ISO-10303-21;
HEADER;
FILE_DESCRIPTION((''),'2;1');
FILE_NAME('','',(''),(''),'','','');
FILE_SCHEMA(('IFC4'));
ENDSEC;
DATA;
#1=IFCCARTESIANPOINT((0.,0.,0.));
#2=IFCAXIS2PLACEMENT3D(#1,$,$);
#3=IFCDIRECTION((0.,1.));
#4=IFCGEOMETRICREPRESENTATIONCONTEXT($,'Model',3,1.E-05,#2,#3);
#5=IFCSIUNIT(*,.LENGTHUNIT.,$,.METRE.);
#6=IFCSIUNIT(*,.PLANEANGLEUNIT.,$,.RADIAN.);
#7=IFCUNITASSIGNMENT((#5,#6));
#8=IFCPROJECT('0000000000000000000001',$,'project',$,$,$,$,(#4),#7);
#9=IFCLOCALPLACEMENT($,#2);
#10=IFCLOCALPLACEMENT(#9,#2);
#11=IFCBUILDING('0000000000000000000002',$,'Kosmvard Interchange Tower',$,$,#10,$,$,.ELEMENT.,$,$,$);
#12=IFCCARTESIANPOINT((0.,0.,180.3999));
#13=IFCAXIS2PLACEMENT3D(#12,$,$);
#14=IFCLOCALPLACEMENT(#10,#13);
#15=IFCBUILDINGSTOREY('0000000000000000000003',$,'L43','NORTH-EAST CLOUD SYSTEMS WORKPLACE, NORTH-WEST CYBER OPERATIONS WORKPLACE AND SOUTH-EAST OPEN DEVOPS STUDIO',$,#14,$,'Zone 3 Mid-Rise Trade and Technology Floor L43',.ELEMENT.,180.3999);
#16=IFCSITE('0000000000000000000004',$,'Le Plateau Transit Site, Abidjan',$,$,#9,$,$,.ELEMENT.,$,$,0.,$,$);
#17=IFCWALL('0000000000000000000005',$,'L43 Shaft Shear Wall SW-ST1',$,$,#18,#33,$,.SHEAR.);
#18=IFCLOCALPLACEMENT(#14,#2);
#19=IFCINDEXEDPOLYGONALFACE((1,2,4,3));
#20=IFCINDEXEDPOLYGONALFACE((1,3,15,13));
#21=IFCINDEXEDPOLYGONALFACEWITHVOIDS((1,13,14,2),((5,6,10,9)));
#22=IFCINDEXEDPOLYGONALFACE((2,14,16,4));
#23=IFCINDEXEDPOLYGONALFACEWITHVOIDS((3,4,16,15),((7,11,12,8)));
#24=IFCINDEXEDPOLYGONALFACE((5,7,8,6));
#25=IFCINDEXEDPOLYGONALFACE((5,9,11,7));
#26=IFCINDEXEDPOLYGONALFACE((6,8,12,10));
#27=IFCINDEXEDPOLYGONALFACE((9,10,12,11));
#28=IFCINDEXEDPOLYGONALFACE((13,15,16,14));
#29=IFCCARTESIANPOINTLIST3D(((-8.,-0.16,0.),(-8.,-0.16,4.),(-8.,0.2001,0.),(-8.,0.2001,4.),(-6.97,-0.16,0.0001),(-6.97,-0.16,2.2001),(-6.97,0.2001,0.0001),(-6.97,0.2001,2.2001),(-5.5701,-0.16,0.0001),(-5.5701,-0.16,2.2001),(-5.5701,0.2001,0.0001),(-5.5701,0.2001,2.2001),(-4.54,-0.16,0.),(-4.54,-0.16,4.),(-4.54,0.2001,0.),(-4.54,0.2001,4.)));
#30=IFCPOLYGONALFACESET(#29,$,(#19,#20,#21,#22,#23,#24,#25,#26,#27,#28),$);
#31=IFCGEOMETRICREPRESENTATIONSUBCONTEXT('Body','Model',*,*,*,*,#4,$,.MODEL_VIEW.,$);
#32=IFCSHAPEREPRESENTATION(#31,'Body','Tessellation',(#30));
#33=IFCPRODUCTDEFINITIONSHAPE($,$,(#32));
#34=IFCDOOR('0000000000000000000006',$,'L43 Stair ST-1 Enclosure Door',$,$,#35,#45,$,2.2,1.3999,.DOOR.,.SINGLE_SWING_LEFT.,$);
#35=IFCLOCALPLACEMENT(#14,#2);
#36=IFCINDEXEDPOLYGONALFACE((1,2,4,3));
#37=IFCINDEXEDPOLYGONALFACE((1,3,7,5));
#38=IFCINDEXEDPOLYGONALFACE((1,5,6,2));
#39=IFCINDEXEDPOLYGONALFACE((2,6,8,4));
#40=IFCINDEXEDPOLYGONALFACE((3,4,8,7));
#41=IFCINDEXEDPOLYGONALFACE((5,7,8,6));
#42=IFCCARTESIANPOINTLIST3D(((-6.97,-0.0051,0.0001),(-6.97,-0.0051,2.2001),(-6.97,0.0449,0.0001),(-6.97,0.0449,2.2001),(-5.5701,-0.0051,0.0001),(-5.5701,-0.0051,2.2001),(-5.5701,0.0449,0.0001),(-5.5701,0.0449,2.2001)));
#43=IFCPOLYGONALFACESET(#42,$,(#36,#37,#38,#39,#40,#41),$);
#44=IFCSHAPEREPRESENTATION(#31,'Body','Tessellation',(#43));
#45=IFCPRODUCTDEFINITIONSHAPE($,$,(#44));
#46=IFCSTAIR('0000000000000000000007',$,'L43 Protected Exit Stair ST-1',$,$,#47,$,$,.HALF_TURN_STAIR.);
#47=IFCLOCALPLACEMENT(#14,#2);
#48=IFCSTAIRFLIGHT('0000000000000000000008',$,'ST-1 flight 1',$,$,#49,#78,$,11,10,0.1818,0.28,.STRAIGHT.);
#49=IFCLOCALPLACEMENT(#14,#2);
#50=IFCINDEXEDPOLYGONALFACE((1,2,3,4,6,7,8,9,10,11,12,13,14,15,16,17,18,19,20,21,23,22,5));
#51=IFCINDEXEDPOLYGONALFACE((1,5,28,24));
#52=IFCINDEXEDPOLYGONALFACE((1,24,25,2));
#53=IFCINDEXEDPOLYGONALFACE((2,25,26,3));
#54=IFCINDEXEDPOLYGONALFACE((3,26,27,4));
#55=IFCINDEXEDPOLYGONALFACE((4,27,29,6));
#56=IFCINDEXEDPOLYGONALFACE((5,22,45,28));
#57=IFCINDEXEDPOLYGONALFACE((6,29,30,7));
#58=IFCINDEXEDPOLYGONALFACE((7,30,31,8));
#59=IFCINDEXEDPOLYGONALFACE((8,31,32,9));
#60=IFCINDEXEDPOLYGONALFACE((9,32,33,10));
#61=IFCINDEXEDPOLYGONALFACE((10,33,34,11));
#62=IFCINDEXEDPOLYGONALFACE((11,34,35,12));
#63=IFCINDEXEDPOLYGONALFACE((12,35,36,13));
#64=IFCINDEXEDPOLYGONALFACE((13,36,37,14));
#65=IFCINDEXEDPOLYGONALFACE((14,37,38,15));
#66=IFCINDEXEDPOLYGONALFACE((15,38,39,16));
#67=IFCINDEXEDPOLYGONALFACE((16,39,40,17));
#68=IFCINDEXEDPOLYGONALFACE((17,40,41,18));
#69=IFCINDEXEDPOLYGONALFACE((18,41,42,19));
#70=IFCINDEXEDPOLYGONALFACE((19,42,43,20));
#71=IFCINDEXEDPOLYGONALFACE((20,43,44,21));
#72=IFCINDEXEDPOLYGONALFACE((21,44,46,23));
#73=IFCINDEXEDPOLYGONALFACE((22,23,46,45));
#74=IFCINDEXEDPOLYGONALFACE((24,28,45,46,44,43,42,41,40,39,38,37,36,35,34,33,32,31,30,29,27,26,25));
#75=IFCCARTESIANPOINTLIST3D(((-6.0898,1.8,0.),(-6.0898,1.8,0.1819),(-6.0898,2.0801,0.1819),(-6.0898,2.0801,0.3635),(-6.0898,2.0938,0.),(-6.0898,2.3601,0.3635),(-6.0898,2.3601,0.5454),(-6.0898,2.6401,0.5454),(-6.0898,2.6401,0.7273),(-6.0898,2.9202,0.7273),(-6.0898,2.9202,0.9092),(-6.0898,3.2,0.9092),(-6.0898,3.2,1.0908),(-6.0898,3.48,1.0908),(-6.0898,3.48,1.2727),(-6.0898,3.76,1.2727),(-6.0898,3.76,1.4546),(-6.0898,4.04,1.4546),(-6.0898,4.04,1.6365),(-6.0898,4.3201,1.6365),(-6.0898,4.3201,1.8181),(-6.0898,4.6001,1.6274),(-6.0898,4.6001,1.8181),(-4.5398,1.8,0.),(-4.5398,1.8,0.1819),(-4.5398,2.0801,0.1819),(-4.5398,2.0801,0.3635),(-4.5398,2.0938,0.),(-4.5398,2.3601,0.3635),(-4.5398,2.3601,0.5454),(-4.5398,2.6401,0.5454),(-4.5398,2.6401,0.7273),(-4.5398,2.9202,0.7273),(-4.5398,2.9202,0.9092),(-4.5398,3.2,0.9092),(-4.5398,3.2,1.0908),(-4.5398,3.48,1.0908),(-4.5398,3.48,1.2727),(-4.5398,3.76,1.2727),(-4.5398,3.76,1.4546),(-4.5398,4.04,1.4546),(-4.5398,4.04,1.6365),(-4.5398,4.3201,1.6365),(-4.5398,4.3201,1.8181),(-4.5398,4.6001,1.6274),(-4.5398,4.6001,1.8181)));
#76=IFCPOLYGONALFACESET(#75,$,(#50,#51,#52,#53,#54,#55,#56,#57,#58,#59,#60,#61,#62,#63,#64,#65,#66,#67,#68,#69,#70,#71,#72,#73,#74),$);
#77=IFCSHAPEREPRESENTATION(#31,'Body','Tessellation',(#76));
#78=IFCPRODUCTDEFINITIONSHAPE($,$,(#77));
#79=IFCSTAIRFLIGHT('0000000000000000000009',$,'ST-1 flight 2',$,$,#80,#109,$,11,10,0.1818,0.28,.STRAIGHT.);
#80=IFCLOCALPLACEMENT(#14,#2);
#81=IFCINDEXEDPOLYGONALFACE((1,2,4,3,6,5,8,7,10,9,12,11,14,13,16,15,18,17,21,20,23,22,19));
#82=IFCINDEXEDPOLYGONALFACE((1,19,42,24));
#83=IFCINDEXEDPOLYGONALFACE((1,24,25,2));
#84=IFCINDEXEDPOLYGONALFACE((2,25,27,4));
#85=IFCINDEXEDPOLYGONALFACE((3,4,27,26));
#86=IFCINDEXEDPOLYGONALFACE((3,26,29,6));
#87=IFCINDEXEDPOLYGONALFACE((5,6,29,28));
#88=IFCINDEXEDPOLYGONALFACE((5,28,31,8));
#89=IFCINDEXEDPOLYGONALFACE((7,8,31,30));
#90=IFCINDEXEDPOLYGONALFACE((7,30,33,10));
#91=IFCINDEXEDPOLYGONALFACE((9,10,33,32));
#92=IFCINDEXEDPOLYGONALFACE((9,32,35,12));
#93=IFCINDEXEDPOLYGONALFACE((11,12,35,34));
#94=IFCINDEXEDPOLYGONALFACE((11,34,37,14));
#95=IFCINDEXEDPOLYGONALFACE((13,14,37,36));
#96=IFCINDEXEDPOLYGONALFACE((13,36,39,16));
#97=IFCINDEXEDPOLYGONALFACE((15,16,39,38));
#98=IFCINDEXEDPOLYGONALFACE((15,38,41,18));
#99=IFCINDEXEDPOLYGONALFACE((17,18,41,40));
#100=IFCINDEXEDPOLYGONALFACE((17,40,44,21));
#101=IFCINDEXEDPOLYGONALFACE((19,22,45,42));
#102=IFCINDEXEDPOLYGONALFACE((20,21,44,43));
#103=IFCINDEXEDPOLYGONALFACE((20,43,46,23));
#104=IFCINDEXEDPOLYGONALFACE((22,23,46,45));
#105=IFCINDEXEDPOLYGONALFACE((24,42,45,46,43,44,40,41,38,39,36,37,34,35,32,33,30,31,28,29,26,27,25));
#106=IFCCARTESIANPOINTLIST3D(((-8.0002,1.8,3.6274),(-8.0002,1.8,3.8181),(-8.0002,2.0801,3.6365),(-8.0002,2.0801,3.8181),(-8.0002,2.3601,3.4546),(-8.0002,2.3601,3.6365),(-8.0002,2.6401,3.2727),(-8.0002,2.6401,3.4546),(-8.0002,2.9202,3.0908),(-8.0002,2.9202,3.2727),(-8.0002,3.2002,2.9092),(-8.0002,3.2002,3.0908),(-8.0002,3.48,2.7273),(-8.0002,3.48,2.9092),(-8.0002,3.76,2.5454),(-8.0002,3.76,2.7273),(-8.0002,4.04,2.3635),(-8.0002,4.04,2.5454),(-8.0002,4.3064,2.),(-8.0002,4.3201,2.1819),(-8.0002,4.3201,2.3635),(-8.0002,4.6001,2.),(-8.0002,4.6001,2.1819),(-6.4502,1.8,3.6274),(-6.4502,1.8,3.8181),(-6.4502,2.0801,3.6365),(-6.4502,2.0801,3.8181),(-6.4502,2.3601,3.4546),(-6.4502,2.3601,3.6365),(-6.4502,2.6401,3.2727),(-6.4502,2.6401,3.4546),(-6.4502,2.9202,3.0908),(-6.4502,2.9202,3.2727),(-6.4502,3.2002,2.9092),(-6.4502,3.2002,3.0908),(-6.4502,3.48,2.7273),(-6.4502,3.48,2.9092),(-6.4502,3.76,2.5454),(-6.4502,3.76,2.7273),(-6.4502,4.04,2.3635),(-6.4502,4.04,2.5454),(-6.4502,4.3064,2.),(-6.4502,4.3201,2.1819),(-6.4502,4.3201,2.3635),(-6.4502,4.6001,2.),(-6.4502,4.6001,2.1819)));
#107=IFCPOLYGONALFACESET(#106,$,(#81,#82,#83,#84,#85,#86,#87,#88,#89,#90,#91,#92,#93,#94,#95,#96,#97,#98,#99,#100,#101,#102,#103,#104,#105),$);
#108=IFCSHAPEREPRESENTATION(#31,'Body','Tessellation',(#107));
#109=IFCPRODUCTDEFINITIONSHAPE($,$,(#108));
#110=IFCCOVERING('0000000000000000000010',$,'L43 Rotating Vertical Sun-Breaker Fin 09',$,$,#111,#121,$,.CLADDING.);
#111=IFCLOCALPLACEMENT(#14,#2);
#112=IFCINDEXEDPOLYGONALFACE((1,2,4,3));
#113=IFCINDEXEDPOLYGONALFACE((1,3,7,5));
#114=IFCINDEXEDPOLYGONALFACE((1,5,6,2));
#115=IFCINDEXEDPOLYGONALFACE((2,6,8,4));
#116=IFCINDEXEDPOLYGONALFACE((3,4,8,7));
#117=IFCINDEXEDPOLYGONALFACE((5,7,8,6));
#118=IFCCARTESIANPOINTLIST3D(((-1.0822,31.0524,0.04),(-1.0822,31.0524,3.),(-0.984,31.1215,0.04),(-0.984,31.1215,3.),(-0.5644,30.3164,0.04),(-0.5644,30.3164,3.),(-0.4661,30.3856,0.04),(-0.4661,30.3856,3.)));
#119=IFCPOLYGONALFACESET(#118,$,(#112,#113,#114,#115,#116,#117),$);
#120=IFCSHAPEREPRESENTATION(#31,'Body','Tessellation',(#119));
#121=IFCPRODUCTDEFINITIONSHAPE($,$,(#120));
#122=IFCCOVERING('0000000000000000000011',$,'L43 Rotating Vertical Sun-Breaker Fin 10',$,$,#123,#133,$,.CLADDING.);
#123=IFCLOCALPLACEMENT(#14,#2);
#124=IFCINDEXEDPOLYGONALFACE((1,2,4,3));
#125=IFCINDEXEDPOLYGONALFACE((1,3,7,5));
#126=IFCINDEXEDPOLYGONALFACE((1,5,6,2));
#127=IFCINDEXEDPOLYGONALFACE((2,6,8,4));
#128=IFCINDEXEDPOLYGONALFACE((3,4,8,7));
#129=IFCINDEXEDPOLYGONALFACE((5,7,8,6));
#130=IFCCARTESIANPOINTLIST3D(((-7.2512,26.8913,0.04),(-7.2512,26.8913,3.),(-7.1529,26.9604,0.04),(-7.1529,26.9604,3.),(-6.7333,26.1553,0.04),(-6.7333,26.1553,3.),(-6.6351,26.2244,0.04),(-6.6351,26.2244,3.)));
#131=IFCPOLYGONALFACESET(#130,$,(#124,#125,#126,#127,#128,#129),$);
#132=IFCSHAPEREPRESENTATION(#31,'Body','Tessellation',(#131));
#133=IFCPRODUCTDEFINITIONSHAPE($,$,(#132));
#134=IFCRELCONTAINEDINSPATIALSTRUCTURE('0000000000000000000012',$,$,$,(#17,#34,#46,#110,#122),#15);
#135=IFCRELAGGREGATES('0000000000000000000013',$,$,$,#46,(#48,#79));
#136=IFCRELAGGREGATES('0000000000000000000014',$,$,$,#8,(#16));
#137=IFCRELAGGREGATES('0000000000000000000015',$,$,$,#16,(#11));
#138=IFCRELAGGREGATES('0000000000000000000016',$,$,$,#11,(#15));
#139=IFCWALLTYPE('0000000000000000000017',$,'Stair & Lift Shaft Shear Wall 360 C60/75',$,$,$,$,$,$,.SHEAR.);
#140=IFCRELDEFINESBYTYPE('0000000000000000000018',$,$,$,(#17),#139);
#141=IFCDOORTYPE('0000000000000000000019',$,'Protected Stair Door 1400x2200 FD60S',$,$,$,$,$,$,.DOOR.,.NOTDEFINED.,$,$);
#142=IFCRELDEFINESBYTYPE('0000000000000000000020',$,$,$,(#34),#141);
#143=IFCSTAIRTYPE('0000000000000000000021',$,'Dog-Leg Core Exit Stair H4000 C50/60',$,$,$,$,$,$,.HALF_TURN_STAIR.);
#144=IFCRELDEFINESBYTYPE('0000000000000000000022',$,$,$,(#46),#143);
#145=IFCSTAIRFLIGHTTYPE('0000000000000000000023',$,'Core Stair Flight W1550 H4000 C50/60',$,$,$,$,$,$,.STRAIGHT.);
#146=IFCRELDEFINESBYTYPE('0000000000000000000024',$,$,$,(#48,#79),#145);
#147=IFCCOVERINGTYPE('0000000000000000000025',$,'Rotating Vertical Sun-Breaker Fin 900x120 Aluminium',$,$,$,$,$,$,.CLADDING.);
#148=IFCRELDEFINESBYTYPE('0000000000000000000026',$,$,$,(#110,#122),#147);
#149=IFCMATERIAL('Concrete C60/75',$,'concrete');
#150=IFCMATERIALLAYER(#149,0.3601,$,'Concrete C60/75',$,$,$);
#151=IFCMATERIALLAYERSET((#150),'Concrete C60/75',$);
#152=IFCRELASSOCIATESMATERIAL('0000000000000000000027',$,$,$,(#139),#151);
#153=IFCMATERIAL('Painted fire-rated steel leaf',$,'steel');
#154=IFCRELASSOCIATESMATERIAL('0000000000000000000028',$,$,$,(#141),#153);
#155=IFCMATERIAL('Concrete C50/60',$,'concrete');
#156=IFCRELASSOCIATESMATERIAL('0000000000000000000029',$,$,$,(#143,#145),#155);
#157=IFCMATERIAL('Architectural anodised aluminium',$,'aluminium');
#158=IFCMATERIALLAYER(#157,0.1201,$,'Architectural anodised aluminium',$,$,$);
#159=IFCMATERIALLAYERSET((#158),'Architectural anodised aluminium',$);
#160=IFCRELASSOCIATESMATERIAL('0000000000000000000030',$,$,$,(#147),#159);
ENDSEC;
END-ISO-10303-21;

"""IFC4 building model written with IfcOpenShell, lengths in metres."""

from ifc_helpers import new_model, si_unit, direction, frame, frame_2d, origin, origin_2d, place, context, subcontext, project, spatial, polyline, rectangle, outline, extrude, source, transform, mapped, material, layer, layer_set, type_object, element, fill, aggregate, save


model = new_model("IFC4")

# Units and contexts
model_context = context("Model", 3, precision=1e-05, world=origin(), true_north=direction((0.0, 1.0)))
body_context = subcontext(model_context, "Body", "Model", "MODEL_VIEW")
ifc_project = project(units=[si_unit("LENGTHUNIT", "METRE"), si_unit("PLANEANGLEUNIT", "RADIAN")], contexts=[model_context])

# Site, building, storey
site_placement = place(None, origin())
site = spatial("IfcSite", under=ifc_project, at=site_placement, Name="Le Plateau Transit Site, Abidjan", CompositionType="ELEMENT", RefElevation=0.0)
building_placement = place(site_placement, origin())
building = spatial("IfcBuilding", under=site, at=building_placement, Name="Kosmvard Interchange Tower", CompositionType="ELEMENT")
storey_placement = place(building_placement, frame((0.0, 0.0, 180.3999)))
storey = spatial("IfcBuildingStorey", under=building, at=storey_placement, Name="L43", Description="NORTH-EAST CLOUD SYSTEMS WORKPLACE, NORTH-WEST CYBER OPERATIONS WORKPLACE AND SOUTH-EAST OPEN DEVOPS STUDIO", LongName="Zone 3 Mid-Rise Trade and Technology Floor L43", CompositionType="ELEMENT", Elevation=180.3999)

# Shared definitions
ifc_material_1 = material(Name="Concrete C60/75", Category="concrete")

# Shared definitions
ifc_material_2 = material(Name="Concrete C50/60", Category="concrete")

# Wall, opening, door
ifc_layer_1 = layer(ifc_material_1, 0.3601, Name="Concrete C60/75")
ifc_layer_set_1 = layer_set([ifc_layer_1], Name="Concrete C60/75")
wall_type_1 = type_object("IfcWallType", Name="Stair & Lift Shaft Shear Wall 360 C60/75", PredefinedType="SHEAR", material=ifc_layer_set_1)
wall_1_placement = place(storey_placement, frame((-8.0, 0.02, 0.0), z_axis=(0.0, 0.0, 1.0), x_axis=(1.0, 0.0, 0.0)))
wall_1 = element("IfcWall", 1, at=wall_1_placement, inside=storey, type_object=wall_type_1, Name="L43 Shaft Shear Wall SW-ST1", PredefinedType="SHEAR", context=body_context, shape_type="SweptSolid", body=[
    extrude(rectangle(XDim=3.46, YDim=0.3601, at=frame_2d((1.73, 0.0))), origin(), (0.0, 0.0, 1.0), 4.0),
])
opening_1_placement = place(wall_1_placement, frame((1.03, 0.0, 0.0)))
opening_1 = element("IfcOpeningElement", 2, at=opening_1_placement, cuts=wall_1, PredefinedType="OPENING", context=body_context, shape_type="SweptSolid", body=[
    extrude(rectangle(XDim=1.3999, YDim=2.2, at=frame_2d((0.7, 1.1001))), frame((0.0, 0.1899, 0.0), z_axis=(0.0, -1.0, 0.0), x_axis=(1.0, 0.0, 0.0)), (0.0, 0.0, 1.0), 0.3801),
])
ifc_material_3 = material(Name="Painted fire-rated steel leaf", Category="steel")
door_type_1 = type_object("IfcDoorType", Name="Protected Stair Door 1400x2200 FD60S", OperationType="NOTDEFINED", PredefinedType="DOOR", material=ifc_material_3)
shared_shape_1 = source(origin(), body_context, "Body", "SweptSolid", [
    extrude(rectangle(XDim=1.3999, YDim=2.2, at=frame_2d((0.7, 1.1001))), frame((0.0, 0.0249, 0.0), z_axis=(0.0, -1.0, 0.0), x_axis=(1.0, 0.0, 0.0)), (0.0, 0.0, 1.0), 0.05),
])
door_1_placement = place(opening_1_placement, origin())
door_1 = element("IfcDoor", 3, at=door_1_placement, inside=storey, type_object=door_type_1, Name="L43 Stair ST-1 Enclosure Door", OperationType="SINGLE_SWING_LEFT", OverallHeight=2.2, OverallWidth=1.3999, PredefinedType="DOOR", context=body_context, shape_type="MappedRepresentation", body=[
    mapped(shared_shape_1, transform((0.0, 0.0, 0.0), scale=1.0)),
])
fill(opening_1, door_1)

# Stair, stair flights
stair_type = type_object("IfcStairType", Name="Dog-Leg Core Exit Stair H4000 C50/60", PredefinedType="HALF_TURN_STAIR", material=ifc_material_2)
stair_placement = place(storey_placement, origin())
stair = element("IfcStair", 4, at=stair_placement, inside=storey, type_object=stair_type, Name="L43 Protected Exit Stair ST-1", PredefinedType="HALF_TURN_STAIR")
stair_flight_type = type_object("IfcStairFlightType", Name="Core Stair Flight W1550 H4000 C50/60", PredefinedType="STRAIGHT", material=ifc_material_2)
shared_shape_2 = source(origin(), body_context, "Body", "SweptSolid", [
    extrude(outline(polyline([(0.0, 0.0), (0.0, 0.1819), (0.28, 0.1819), (0.28, 0.3635), (0.5601, 0.3635), (0.5601, 0.5454), (0.8401, 0.5454), (0.8401, 0.7273), (1.1201, 0.7273), (1.1201, 0.9092), (1.3999, 0.9092), (1.3999, 1.0908), (1.6799, 1.0908), (1.6799, 1.2727), (1.96, 1.2727), (1.96, 1.4546), (2.24, 1.4546), (2.24, 1.6365), (2.52, 1.6365), (2.52, 1.8181), (2.8, 1.8181), (2.8, 2.0), (2.8, 1.6274), (0.2937, 0.0), (0.0, 0.0)])), frame((0.0, 0.7749, 0.0), z_axis=(0.0, -1.0, 0.0), x_axis=(1.0, 0.0, 0.0)), (0.0, 0.0, 1.0), 1.55),
])
stair_flight_1_placement = place(storey_placement, frame((-5.3149, 1.8, 0.0), z_axis=(0.0, 0.0, 1.0), x_axis=(0.0, 1.0, 0.0)))
stair_flight_1 = element("IfcStairFlight", 5, at=stair_flight_1_placement, type_object=stair_flight_type, Name="ST-1 flight 1", NumberOfRisers=11, NumberOfTreads=10, PredefinedType="STRAIGHT", RiserHeight=0.1818, TreadLength=0.28, context=body_context, shape_type="MappedRepresentation", body=[
    mapped(shared_shape_2, transform((0.0, 0.0, 0.0), scale=1.0)),
])
stair_flight_2_placement = place(storey_placement, frame((-7.2251, 4.6001, 2.0), z_axis=(0.0, 0.0, 1.0), x_axis=(0.0, -1.0, 0.0)))
stair_flight_2 = element("IfcStairFlight", 6, at=stair_flight_2_placement, type_object=stair_flight_type, Name="ST-1 flight 2", NumberOfRisers=11, NumberOfTreads=10, PredefinedType="STRAIGHT", RiserHeight=0.1818, TreadLength=0.28, context=body_context, shape_type="MappedRepresentation", body=[
    mapped(shared_shape_2, transform((0.0, 0.0, 0.0), scale=1.0)),
])
aggregate(stair, [stair_flight_1, stair_flight_2])

# Coverings
ifc_material_4 = material(Name="Architectural anodised aluminium", Category="aluminium")
ifc_layer_2 = layer(ifc_material_4, 0.1201, Name="Architectural anodised aluminium")
ifc_layer_set_2 = layer_set([ifc_layer_2], Name="Architectural anodised aluminium")
covering_type = type_object("IfcCoveringType", Name="Rotating Vertical Sun-Breaker Fin 900x120 Aluminium", PredefinedType="CLADDING", material=ifc_layer_set_2)
shared_shape_3 = source(origin(), body_context, "Body", "SweptSolid", [
    extrude(rectangle(XDim=0.8999, YDim=0.1201, at=origin_2d()), origin(), (0.0, 0.0, 1.0), 2.96),
])
for number, where, z_axis, x_axis, name in (
    (7, (-0.7742, 30.719, 0.04), (0.0, 0.0, 1.0), (-0.575434, 0.817849, 0.0), "L43 Rotating Vertical Sun-Breaker Fin 09"),
    (8, (-6.9431, 26.5579, 0.04), (0.0, 0.0, 1.0), (-0.575434, 0.817849, 0.0), "L43 Rotating Vertical Sun-Breaker Fin 10"),
):
    element("IfcCovering", number, at=place(storey_placement, frame(where, z_axis=z_axis, x_axis=x_axis)), inside=storey, type_object=covering_type, Name=name, PredefinedType="CLADDING", context=body_context, shape_type="MappedRepresentation", body=[
        mapped(shared_shape_3, transform((0.0, 0.0, 0.0), scale=1.0)),
    ])

save(model, "model.ifc")
